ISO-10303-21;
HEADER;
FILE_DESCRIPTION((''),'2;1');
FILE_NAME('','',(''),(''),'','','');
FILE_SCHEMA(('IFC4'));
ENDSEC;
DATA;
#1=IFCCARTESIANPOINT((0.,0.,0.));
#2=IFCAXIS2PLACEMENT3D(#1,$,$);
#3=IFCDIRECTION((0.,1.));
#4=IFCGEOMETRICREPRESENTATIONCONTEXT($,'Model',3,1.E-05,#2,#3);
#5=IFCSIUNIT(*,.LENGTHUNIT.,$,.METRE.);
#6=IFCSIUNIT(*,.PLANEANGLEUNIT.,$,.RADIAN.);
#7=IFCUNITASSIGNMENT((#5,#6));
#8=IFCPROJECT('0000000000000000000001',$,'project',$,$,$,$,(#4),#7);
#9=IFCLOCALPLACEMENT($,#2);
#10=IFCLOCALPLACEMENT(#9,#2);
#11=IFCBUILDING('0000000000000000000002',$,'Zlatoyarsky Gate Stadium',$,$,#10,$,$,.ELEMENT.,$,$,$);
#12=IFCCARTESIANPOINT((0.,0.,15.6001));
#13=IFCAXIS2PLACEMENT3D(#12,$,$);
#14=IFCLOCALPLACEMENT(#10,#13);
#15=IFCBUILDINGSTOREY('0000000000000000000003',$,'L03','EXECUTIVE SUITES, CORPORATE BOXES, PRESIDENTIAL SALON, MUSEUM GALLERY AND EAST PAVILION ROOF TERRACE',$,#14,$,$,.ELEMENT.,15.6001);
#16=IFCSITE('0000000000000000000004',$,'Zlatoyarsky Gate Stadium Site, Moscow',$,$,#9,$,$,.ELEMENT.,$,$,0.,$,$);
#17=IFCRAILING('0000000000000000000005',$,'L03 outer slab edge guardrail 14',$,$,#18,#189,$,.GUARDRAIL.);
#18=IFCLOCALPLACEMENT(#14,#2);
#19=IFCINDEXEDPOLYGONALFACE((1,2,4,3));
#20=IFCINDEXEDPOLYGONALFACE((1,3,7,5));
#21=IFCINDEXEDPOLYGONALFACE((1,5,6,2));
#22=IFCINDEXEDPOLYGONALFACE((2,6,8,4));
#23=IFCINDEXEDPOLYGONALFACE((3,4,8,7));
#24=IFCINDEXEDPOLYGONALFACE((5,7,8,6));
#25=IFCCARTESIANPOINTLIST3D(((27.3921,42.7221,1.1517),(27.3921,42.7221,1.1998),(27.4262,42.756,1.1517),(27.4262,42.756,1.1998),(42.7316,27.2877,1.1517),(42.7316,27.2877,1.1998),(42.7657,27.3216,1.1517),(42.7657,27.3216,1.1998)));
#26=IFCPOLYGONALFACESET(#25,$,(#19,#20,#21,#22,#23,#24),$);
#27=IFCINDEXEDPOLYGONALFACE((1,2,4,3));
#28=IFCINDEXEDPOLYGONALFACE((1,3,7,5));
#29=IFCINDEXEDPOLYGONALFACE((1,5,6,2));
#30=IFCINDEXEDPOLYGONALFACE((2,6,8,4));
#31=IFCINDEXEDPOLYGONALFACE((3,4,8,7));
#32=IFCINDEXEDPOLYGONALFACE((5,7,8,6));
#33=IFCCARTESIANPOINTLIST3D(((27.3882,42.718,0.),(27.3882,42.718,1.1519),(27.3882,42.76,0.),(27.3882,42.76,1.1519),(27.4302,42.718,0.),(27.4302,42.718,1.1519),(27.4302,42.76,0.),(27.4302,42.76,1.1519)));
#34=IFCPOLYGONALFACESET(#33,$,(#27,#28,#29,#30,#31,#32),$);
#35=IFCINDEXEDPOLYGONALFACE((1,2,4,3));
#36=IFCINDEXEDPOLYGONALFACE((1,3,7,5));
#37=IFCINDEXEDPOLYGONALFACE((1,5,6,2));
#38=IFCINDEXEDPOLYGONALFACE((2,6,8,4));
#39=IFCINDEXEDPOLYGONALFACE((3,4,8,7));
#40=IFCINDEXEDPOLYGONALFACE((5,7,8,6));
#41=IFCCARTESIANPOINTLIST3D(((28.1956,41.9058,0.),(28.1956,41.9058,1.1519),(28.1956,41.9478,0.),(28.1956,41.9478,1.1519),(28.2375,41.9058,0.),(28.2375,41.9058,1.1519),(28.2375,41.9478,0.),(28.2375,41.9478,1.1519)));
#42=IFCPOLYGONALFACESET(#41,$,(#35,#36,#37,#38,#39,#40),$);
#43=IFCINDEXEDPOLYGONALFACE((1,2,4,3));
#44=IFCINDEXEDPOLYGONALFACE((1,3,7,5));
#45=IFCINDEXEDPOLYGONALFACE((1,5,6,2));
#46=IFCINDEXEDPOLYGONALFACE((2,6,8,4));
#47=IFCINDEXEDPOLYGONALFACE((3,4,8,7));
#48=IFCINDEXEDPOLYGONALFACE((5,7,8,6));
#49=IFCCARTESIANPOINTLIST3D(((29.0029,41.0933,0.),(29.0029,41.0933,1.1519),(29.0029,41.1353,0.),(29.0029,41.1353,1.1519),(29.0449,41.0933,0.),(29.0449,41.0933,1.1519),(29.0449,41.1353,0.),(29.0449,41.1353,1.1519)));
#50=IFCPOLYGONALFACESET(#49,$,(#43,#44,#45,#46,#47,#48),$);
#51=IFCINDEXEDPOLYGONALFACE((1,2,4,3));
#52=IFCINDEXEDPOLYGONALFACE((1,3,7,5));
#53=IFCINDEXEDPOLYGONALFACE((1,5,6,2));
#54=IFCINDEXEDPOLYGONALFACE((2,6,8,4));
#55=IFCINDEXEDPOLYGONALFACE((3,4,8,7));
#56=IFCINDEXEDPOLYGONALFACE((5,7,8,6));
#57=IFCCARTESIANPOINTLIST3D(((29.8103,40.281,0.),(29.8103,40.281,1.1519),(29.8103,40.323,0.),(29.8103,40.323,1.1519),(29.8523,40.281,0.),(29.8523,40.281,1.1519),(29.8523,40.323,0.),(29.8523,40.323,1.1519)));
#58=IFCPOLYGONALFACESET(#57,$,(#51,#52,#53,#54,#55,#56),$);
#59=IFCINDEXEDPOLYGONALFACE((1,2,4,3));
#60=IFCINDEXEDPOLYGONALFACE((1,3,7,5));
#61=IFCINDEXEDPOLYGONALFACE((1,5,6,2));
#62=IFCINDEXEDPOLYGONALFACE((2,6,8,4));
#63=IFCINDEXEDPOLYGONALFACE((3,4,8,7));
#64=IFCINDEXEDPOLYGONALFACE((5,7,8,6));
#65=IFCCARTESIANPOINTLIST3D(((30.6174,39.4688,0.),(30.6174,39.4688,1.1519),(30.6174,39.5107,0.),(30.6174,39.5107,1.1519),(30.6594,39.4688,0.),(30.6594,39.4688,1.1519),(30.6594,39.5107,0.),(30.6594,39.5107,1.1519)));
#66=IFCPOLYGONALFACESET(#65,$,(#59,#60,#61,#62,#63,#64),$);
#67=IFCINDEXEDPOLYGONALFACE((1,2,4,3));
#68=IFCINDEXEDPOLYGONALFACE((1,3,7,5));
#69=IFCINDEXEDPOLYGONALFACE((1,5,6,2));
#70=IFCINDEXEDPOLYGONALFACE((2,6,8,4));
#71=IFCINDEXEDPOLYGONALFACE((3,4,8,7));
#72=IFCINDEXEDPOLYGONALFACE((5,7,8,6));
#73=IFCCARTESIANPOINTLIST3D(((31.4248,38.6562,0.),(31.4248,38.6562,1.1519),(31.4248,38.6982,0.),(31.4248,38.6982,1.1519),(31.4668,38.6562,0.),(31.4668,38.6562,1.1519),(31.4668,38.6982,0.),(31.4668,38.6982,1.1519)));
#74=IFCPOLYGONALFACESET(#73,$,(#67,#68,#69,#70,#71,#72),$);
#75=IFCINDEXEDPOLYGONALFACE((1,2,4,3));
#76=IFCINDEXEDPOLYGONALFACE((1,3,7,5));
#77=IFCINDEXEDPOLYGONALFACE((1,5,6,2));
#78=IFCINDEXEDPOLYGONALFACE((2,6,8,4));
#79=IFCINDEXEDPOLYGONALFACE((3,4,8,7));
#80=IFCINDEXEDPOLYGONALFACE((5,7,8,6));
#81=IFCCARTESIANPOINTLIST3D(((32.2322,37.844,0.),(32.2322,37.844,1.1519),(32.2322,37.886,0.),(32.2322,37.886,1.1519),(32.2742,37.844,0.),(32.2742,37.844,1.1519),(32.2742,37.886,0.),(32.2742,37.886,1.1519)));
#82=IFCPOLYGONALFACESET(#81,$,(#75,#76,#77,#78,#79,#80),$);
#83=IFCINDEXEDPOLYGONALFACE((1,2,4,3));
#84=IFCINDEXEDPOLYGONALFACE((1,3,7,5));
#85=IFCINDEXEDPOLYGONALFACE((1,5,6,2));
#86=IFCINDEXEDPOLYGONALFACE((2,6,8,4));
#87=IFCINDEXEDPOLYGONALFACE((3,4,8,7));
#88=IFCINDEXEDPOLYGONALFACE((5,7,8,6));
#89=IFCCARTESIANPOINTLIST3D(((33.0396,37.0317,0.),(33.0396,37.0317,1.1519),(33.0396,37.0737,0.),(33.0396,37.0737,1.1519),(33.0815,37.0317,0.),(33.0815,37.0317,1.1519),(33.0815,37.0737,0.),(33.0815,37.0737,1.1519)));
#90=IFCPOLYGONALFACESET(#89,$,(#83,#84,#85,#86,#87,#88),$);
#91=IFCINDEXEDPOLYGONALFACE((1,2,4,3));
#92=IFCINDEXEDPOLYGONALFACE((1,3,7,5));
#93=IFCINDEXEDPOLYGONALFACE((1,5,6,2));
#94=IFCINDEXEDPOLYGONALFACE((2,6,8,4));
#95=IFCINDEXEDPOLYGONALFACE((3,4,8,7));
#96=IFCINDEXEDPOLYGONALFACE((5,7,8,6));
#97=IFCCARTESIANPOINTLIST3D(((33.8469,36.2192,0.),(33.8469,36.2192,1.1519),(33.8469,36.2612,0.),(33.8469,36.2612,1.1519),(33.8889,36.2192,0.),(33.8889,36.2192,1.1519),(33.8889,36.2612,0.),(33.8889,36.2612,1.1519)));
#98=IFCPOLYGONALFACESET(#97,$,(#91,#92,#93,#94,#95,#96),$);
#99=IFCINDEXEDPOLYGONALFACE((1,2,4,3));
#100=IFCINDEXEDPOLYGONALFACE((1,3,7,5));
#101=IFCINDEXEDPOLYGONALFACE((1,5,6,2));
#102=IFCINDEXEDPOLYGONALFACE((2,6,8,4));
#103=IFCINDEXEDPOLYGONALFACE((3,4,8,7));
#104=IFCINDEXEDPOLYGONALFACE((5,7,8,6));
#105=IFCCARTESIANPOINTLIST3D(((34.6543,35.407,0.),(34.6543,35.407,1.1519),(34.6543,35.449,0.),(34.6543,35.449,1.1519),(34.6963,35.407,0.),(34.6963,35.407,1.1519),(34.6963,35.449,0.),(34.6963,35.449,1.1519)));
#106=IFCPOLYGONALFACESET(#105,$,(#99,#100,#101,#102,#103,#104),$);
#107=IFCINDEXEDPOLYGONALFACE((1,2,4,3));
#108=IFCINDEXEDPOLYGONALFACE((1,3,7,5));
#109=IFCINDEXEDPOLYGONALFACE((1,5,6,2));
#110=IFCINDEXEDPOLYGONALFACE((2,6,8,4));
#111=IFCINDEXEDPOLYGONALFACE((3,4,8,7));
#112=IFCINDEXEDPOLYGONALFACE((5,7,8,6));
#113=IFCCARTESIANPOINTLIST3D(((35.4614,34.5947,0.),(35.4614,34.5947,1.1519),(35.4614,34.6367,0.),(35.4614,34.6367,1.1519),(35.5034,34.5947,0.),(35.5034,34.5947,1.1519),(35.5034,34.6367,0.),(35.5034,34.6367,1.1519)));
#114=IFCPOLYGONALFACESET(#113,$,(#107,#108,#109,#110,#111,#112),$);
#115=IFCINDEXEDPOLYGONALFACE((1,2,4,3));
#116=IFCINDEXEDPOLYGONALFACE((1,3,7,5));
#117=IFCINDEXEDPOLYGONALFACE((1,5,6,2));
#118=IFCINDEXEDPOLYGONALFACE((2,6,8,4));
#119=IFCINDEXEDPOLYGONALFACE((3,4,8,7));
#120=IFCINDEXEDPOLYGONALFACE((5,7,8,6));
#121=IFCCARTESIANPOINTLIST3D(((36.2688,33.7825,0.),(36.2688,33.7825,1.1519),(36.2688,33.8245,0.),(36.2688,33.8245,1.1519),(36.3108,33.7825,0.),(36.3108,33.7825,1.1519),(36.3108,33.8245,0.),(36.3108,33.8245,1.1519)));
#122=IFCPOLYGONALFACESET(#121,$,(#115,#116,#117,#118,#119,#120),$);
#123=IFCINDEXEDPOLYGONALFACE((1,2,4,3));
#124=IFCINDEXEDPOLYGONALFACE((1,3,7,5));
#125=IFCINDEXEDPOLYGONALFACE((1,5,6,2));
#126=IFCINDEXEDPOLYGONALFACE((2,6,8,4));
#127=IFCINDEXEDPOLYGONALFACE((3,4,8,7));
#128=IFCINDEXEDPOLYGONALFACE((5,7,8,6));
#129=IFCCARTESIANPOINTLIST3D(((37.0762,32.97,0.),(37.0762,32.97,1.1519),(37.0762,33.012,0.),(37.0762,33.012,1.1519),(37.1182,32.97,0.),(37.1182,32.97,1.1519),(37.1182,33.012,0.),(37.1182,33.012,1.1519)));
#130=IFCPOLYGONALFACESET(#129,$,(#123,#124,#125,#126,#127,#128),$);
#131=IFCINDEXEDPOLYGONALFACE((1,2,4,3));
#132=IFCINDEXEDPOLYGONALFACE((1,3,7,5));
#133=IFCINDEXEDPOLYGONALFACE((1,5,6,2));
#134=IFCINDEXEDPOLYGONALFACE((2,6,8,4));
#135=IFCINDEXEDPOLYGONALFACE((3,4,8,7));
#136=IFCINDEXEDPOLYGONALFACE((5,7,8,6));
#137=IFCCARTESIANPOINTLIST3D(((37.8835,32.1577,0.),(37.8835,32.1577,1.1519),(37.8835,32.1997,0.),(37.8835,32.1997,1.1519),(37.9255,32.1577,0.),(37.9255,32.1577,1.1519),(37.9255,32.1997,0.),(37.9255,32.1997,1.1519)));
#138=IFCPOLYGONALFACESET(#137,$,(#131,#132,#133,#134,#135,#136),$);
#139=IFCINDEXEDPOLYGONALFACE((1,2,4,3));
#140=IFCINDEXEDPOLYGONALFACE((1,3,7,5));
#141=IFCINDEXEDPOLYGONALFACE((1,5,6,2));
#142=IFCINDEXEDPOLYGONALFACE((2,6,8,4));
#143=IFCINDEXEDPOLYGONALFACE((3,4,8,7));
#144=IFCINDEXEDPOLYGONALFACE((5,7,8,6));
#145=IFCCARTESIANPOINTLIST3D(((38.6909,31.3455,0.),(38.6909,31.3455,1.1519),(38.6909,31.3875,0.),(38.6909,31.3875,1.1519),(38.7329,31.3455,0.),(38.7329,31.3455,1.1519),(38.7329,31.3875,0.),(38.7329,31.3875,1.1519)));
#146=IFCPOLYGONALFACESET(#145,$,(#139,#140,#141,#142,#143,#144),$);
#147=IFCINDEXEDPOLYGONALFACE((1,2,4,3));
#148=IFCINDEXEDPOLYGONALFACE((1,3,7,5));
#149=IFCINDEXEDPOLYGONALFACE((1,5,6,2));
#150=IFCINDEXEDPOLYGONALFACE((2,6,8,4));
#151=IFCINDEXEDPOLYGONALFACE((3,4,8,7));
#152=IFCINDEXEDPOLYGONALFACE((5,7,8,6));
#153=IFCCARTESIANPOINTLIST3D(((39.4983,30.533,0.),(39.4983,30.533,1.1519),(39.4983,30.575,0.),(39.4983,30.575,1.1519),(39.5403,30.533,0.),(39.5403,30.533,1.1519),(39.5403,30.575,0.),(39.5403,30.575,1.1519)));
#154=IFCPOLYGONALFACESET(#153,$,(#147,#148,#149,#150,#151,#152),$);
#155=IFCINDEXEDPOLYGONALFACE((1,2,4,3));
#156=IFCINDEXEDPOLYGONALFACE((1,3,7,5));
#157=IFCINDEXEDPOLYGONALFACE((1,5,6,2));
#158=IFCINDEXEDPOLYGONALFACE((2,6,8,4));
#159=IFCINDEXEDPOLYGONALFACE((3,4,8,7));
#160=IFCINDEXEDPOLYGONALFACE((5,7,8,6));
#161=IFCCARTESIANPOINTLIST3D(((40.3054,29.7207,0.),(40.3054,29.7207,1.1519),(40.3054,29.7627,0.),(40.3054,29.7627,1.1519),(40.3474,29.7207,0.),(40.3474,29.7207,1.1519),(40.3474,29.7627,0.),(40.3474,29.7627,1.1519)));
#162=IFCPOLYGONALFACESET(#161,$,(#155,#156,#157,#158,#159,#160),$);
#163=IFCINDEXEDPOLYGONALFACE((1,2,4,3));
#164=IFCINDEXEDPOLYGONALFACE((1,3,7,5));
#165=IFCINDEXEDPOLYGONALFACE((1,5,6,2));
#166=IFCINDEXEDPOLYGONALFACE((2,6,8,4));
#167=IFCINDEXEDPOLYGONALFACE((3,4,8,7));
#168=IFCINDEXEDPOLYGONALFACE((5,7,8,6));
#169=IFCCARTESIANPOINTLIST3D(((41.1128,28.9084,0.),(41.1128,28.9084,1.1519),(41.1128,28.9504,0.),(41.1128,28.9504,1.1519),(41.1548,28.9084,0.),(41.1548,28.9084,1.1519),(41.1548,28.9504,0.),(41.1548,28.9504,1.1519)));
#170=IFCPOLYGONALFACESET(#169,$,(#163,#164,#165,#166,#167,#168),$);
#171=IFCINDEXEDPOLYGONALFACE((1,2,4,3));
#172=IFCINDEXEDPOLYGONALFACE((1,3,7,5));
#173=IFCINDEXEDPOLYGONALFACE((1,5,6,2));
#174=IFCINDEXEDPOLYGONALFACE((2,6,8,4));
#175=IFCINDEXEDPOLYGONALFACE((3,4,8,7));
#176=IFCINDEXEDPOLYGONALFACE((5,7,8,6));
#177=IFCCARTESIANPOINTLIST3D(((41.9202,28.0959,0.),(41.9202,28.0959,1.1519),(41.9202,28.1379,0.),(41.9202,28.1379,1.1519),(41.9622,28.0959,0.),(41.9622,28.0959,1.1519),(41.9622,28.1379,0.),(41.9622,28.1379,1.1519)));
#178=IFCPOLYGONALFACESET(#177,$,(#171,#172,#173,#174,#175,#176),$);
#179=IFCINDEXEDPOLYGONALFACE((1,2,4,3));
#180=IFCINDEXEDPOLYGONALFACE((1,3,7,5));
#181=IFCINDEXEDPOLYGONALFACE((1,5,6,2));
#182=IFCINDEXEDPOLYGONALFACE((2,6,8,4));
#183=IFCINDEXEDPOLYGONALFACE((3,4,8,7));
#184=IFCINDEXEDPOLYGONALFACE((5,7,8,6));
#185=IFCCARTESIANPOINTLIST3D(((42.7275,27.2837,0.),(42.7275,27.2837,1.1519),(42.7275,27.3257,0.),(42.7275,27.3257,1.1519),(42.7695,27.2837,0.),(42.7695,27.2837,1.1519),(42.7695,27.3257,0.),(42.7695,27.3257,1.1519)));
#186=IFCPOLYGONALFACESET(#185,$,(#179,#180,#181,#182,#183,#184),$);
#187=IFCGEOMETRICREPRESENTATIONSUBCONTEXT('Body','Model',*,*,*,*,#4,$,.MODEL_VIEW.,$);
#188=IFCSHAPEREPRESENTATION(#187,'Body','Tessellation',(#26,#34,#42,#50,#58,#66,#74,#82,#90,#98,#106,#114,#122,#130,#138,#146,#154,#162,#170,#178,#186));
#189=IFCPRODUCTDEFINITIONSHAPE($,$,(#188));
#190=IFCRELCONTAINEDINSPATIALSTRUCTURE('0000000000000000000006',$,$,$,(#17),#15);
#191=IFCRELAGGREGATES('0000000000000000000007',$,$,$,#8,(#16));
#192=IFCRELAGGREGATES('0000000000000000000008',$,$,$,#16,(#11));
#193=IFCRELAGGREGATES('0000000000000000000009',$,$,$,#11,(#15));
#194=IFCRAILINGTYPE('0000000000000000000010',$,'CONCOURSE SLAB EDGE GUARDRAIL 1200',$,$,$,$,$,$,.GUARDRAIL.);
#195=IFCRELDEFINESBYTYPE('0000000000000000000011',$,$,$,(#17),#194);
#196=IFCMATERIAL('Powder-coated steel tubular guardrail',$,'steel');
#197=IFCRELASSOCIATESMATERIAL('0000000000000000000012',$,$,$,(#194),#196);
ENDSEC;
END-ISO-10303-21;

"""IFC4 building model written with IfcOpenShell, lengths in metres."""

from ifc_helpers import new_model, si_unit, direction, frame, origin, origin_2d, place, context, subcontext, project, spatial, rectangle, extrude, material, type_object, element, save


model = new_model("IFC4")

# Units and contexts
model_context = context("Model", 3, precision=1e-05, world=origin(), true_north=direction((0.0, 1.0)))
body_context = subcontext(model_context, "Body", "Model", "MODEL_VIEW")
ifc_project = project(units=[si_unit("LENGTHUNIT", "METRE"), si_unit("PLANEANGLEUNIT", "RADIAN")], contexts=[model_context])

# Site, building, storey
site_placement = place(None, origin())
site = spatial("IfcSite", under=ifc_project, at=site_placement, Name="Zlatoyarsky Gate Stadium Site, Moscow", CompositionType="ELEMENT", RefElevation=0.0)
building_placement = place(site_placement, origin())
building = spatial("IfcBuilding", under=site, at=building_placement, Name="Zlatoyarsky Gate Stadium", CompositionType="ELEMENT")
storey_placement = place(building_placement, frame((0.0, 0.0, 15.6001)))
storey = spatial("IfcBuildingStorey", under=building, at=storey_placement, Name="L03", Description="EXECUTIVE SUITES, CORPORATE BOXES, PRESIDENTIAL SALON, MUSEUM GALLERY AND EAST PAVILION ROOF TERRACE", CompositionType="ELEMENT", Elevation=15.6001)

# Railing
ifc_material_1 = material(Name="Powder-coated steel tubular guardrail", Category="steel")
railing_type = type_object("IfcRailingType", Name="CONCOURSE SLAB EDGE GUARDRAIL 1200", PredefinedType="GUARDRAIL", material=ifc_material_1)
railing_placement = place(storey_placement, frame((27.4092, 42.739, 0.0)))
element("IfcRailing", 1, at=railing_placement, inside=storey, type_object=railing_type, Name="L03 outer slab edge guardrail 14", PredefinedType="GUARDRAIL", context=body_context, shape_type="SweptSolid", body=[
    extrude(rectangle(XDim=0.0481, YDim=0.0481, at=origin_2d()), frame((0.0, 0.0, 1.1758), z_axis=(0.704921, -0.709286, 0.0), x_axis=(0.709286, 0.704921, 0.0)), (0.0, 0.0, 1.0), 21.7605),
    extrude(rectangle(XDim=0.042, YDim=0.042, at=origin_2d()), origin(), (0.0, 0.0, 1.0), 1.1519),
    extrude(rectangle(XDim=0.042, YDim=0.042, at=origin_2d()), frame((0.8074, -0.8123, 0.0)), (0.0, 0.0, 1.0), 1.1519),
    extrude(rectangle(XDim=0.042, YDim=0.042, at=origin_2d()), frame((1.6147, -1.6248, 0.0)), (0.0, 0.0, 1.0), 1.1519),
    extrude(rectangle(XDim=0.042, YDim=0.042, at=origin_2d()), frame((2.4221, -2.437, 0.0)), (0.0, 0.0, 1.0), 1.1519),
    extrude(rectangle(XDim=0.042, YDim=0.042, at=origin_2d()), frame((3.2292, -3.2493, 0.0)), (0.0, 0.0, 1.0), 1.1519),
    extrude(rectangle(XDim=0.042, YDim=0.042, at=origin_2d()), frame((4.0366, -4.0618, 0.0)), (0.0, 0.0, 1.0), 1.1519),
    extrude(rectangle(XDim=0.042, YDim=0.042, at=origin_2d()), frame((4.844, -4.874, 0.0)), (0.0, 0.0, 1.0), 1.1519),
    extrude(rectangle(XDim=0.042, YDim=0.042, at=origin_2d()), frame((5.6514, -5.6863, 0.0)), (0.0, 0.0, 1.0), 1.1519),
    extrude(rectangle(XDim=0.042, YDim=0.042, at=origin_2d()), frame((6.4587, -6.4988, 0.0)), (0.0, 0.0, 1.0), 1.1519),
    extrude(rectangle(XDim=0.042, YDim=0.042, at=origin_2d()), frame((7.2661, -7.311, 0.0)), (0.0, 0.0, 1.0), 1.1519),
    extrude(rectangle(XDim=0.042, YDim=0.042, at=origin_2d()), frame((8.0732, -8.1233, 0.0)), (0.0, 0.0, 1.0), 1.1519),
    extrude(rectangle(XDim=0.042, YDim=0.042, at=origin_2d()), frame((8.8806, -8.9355, 0.0)), (0.0, 0.0, 1.0), 1.1519),
    extrude(rectangle(XDim=0.042, YDim=0.042, at=origin_2d()), frame((9.688, -9.748, 0.0)), (0.0, 0.0, 1.0), 1.1519),
    extrude(rectangle(XDim=0.042, YDim=0.042, at=origin_2d()), frame((10.4954, -10.5603, 0.0)), (0.0, 0.0, 1.0), 1.1519),
    extrude(rectangle(XDim=0.042, YDim=0.042, at=origin_2d()), frame((11.3027, -11.3726, 0.0)), (0.0, 0.0, 1.0), 1.1519),
    extrude(rectangle(XDim=0.042, YDim=0.042, at=origin_2d()), frame((12.1101, -12.1851, 0.0)), (0.0, 0.0, 1.0), 1.1519),
    extrude(rectangle(XDim=0.042, YDim=0.042, at=origin_2d()), frame((12.9172, -12.9973, 0.0)), (0.0, 0.0, 1.0), 1.1519),
    extrude(rectangle(XDim=0.042, YDim=0.042, at=origin_2d()), frame((13.7246, -13.8096, 0.0)), (0.0, 0.0, 1.0), 1.1519),
    extrude(rectangle(XDim=0.042, YDim=0.042, at=origin_2d()), frame((14.532, -14.6221, 0.0)), (0.0, 0.0, 1.0), 1.1519),
    extrude(rectangle(XDim=0.042, YDim=0.042, at=origin_2d()), frame((15.3394, -15.4343, 0.0)), (0.0, 0.0, 1.0), 1.1519),
])

save(model, "model.ifc")
